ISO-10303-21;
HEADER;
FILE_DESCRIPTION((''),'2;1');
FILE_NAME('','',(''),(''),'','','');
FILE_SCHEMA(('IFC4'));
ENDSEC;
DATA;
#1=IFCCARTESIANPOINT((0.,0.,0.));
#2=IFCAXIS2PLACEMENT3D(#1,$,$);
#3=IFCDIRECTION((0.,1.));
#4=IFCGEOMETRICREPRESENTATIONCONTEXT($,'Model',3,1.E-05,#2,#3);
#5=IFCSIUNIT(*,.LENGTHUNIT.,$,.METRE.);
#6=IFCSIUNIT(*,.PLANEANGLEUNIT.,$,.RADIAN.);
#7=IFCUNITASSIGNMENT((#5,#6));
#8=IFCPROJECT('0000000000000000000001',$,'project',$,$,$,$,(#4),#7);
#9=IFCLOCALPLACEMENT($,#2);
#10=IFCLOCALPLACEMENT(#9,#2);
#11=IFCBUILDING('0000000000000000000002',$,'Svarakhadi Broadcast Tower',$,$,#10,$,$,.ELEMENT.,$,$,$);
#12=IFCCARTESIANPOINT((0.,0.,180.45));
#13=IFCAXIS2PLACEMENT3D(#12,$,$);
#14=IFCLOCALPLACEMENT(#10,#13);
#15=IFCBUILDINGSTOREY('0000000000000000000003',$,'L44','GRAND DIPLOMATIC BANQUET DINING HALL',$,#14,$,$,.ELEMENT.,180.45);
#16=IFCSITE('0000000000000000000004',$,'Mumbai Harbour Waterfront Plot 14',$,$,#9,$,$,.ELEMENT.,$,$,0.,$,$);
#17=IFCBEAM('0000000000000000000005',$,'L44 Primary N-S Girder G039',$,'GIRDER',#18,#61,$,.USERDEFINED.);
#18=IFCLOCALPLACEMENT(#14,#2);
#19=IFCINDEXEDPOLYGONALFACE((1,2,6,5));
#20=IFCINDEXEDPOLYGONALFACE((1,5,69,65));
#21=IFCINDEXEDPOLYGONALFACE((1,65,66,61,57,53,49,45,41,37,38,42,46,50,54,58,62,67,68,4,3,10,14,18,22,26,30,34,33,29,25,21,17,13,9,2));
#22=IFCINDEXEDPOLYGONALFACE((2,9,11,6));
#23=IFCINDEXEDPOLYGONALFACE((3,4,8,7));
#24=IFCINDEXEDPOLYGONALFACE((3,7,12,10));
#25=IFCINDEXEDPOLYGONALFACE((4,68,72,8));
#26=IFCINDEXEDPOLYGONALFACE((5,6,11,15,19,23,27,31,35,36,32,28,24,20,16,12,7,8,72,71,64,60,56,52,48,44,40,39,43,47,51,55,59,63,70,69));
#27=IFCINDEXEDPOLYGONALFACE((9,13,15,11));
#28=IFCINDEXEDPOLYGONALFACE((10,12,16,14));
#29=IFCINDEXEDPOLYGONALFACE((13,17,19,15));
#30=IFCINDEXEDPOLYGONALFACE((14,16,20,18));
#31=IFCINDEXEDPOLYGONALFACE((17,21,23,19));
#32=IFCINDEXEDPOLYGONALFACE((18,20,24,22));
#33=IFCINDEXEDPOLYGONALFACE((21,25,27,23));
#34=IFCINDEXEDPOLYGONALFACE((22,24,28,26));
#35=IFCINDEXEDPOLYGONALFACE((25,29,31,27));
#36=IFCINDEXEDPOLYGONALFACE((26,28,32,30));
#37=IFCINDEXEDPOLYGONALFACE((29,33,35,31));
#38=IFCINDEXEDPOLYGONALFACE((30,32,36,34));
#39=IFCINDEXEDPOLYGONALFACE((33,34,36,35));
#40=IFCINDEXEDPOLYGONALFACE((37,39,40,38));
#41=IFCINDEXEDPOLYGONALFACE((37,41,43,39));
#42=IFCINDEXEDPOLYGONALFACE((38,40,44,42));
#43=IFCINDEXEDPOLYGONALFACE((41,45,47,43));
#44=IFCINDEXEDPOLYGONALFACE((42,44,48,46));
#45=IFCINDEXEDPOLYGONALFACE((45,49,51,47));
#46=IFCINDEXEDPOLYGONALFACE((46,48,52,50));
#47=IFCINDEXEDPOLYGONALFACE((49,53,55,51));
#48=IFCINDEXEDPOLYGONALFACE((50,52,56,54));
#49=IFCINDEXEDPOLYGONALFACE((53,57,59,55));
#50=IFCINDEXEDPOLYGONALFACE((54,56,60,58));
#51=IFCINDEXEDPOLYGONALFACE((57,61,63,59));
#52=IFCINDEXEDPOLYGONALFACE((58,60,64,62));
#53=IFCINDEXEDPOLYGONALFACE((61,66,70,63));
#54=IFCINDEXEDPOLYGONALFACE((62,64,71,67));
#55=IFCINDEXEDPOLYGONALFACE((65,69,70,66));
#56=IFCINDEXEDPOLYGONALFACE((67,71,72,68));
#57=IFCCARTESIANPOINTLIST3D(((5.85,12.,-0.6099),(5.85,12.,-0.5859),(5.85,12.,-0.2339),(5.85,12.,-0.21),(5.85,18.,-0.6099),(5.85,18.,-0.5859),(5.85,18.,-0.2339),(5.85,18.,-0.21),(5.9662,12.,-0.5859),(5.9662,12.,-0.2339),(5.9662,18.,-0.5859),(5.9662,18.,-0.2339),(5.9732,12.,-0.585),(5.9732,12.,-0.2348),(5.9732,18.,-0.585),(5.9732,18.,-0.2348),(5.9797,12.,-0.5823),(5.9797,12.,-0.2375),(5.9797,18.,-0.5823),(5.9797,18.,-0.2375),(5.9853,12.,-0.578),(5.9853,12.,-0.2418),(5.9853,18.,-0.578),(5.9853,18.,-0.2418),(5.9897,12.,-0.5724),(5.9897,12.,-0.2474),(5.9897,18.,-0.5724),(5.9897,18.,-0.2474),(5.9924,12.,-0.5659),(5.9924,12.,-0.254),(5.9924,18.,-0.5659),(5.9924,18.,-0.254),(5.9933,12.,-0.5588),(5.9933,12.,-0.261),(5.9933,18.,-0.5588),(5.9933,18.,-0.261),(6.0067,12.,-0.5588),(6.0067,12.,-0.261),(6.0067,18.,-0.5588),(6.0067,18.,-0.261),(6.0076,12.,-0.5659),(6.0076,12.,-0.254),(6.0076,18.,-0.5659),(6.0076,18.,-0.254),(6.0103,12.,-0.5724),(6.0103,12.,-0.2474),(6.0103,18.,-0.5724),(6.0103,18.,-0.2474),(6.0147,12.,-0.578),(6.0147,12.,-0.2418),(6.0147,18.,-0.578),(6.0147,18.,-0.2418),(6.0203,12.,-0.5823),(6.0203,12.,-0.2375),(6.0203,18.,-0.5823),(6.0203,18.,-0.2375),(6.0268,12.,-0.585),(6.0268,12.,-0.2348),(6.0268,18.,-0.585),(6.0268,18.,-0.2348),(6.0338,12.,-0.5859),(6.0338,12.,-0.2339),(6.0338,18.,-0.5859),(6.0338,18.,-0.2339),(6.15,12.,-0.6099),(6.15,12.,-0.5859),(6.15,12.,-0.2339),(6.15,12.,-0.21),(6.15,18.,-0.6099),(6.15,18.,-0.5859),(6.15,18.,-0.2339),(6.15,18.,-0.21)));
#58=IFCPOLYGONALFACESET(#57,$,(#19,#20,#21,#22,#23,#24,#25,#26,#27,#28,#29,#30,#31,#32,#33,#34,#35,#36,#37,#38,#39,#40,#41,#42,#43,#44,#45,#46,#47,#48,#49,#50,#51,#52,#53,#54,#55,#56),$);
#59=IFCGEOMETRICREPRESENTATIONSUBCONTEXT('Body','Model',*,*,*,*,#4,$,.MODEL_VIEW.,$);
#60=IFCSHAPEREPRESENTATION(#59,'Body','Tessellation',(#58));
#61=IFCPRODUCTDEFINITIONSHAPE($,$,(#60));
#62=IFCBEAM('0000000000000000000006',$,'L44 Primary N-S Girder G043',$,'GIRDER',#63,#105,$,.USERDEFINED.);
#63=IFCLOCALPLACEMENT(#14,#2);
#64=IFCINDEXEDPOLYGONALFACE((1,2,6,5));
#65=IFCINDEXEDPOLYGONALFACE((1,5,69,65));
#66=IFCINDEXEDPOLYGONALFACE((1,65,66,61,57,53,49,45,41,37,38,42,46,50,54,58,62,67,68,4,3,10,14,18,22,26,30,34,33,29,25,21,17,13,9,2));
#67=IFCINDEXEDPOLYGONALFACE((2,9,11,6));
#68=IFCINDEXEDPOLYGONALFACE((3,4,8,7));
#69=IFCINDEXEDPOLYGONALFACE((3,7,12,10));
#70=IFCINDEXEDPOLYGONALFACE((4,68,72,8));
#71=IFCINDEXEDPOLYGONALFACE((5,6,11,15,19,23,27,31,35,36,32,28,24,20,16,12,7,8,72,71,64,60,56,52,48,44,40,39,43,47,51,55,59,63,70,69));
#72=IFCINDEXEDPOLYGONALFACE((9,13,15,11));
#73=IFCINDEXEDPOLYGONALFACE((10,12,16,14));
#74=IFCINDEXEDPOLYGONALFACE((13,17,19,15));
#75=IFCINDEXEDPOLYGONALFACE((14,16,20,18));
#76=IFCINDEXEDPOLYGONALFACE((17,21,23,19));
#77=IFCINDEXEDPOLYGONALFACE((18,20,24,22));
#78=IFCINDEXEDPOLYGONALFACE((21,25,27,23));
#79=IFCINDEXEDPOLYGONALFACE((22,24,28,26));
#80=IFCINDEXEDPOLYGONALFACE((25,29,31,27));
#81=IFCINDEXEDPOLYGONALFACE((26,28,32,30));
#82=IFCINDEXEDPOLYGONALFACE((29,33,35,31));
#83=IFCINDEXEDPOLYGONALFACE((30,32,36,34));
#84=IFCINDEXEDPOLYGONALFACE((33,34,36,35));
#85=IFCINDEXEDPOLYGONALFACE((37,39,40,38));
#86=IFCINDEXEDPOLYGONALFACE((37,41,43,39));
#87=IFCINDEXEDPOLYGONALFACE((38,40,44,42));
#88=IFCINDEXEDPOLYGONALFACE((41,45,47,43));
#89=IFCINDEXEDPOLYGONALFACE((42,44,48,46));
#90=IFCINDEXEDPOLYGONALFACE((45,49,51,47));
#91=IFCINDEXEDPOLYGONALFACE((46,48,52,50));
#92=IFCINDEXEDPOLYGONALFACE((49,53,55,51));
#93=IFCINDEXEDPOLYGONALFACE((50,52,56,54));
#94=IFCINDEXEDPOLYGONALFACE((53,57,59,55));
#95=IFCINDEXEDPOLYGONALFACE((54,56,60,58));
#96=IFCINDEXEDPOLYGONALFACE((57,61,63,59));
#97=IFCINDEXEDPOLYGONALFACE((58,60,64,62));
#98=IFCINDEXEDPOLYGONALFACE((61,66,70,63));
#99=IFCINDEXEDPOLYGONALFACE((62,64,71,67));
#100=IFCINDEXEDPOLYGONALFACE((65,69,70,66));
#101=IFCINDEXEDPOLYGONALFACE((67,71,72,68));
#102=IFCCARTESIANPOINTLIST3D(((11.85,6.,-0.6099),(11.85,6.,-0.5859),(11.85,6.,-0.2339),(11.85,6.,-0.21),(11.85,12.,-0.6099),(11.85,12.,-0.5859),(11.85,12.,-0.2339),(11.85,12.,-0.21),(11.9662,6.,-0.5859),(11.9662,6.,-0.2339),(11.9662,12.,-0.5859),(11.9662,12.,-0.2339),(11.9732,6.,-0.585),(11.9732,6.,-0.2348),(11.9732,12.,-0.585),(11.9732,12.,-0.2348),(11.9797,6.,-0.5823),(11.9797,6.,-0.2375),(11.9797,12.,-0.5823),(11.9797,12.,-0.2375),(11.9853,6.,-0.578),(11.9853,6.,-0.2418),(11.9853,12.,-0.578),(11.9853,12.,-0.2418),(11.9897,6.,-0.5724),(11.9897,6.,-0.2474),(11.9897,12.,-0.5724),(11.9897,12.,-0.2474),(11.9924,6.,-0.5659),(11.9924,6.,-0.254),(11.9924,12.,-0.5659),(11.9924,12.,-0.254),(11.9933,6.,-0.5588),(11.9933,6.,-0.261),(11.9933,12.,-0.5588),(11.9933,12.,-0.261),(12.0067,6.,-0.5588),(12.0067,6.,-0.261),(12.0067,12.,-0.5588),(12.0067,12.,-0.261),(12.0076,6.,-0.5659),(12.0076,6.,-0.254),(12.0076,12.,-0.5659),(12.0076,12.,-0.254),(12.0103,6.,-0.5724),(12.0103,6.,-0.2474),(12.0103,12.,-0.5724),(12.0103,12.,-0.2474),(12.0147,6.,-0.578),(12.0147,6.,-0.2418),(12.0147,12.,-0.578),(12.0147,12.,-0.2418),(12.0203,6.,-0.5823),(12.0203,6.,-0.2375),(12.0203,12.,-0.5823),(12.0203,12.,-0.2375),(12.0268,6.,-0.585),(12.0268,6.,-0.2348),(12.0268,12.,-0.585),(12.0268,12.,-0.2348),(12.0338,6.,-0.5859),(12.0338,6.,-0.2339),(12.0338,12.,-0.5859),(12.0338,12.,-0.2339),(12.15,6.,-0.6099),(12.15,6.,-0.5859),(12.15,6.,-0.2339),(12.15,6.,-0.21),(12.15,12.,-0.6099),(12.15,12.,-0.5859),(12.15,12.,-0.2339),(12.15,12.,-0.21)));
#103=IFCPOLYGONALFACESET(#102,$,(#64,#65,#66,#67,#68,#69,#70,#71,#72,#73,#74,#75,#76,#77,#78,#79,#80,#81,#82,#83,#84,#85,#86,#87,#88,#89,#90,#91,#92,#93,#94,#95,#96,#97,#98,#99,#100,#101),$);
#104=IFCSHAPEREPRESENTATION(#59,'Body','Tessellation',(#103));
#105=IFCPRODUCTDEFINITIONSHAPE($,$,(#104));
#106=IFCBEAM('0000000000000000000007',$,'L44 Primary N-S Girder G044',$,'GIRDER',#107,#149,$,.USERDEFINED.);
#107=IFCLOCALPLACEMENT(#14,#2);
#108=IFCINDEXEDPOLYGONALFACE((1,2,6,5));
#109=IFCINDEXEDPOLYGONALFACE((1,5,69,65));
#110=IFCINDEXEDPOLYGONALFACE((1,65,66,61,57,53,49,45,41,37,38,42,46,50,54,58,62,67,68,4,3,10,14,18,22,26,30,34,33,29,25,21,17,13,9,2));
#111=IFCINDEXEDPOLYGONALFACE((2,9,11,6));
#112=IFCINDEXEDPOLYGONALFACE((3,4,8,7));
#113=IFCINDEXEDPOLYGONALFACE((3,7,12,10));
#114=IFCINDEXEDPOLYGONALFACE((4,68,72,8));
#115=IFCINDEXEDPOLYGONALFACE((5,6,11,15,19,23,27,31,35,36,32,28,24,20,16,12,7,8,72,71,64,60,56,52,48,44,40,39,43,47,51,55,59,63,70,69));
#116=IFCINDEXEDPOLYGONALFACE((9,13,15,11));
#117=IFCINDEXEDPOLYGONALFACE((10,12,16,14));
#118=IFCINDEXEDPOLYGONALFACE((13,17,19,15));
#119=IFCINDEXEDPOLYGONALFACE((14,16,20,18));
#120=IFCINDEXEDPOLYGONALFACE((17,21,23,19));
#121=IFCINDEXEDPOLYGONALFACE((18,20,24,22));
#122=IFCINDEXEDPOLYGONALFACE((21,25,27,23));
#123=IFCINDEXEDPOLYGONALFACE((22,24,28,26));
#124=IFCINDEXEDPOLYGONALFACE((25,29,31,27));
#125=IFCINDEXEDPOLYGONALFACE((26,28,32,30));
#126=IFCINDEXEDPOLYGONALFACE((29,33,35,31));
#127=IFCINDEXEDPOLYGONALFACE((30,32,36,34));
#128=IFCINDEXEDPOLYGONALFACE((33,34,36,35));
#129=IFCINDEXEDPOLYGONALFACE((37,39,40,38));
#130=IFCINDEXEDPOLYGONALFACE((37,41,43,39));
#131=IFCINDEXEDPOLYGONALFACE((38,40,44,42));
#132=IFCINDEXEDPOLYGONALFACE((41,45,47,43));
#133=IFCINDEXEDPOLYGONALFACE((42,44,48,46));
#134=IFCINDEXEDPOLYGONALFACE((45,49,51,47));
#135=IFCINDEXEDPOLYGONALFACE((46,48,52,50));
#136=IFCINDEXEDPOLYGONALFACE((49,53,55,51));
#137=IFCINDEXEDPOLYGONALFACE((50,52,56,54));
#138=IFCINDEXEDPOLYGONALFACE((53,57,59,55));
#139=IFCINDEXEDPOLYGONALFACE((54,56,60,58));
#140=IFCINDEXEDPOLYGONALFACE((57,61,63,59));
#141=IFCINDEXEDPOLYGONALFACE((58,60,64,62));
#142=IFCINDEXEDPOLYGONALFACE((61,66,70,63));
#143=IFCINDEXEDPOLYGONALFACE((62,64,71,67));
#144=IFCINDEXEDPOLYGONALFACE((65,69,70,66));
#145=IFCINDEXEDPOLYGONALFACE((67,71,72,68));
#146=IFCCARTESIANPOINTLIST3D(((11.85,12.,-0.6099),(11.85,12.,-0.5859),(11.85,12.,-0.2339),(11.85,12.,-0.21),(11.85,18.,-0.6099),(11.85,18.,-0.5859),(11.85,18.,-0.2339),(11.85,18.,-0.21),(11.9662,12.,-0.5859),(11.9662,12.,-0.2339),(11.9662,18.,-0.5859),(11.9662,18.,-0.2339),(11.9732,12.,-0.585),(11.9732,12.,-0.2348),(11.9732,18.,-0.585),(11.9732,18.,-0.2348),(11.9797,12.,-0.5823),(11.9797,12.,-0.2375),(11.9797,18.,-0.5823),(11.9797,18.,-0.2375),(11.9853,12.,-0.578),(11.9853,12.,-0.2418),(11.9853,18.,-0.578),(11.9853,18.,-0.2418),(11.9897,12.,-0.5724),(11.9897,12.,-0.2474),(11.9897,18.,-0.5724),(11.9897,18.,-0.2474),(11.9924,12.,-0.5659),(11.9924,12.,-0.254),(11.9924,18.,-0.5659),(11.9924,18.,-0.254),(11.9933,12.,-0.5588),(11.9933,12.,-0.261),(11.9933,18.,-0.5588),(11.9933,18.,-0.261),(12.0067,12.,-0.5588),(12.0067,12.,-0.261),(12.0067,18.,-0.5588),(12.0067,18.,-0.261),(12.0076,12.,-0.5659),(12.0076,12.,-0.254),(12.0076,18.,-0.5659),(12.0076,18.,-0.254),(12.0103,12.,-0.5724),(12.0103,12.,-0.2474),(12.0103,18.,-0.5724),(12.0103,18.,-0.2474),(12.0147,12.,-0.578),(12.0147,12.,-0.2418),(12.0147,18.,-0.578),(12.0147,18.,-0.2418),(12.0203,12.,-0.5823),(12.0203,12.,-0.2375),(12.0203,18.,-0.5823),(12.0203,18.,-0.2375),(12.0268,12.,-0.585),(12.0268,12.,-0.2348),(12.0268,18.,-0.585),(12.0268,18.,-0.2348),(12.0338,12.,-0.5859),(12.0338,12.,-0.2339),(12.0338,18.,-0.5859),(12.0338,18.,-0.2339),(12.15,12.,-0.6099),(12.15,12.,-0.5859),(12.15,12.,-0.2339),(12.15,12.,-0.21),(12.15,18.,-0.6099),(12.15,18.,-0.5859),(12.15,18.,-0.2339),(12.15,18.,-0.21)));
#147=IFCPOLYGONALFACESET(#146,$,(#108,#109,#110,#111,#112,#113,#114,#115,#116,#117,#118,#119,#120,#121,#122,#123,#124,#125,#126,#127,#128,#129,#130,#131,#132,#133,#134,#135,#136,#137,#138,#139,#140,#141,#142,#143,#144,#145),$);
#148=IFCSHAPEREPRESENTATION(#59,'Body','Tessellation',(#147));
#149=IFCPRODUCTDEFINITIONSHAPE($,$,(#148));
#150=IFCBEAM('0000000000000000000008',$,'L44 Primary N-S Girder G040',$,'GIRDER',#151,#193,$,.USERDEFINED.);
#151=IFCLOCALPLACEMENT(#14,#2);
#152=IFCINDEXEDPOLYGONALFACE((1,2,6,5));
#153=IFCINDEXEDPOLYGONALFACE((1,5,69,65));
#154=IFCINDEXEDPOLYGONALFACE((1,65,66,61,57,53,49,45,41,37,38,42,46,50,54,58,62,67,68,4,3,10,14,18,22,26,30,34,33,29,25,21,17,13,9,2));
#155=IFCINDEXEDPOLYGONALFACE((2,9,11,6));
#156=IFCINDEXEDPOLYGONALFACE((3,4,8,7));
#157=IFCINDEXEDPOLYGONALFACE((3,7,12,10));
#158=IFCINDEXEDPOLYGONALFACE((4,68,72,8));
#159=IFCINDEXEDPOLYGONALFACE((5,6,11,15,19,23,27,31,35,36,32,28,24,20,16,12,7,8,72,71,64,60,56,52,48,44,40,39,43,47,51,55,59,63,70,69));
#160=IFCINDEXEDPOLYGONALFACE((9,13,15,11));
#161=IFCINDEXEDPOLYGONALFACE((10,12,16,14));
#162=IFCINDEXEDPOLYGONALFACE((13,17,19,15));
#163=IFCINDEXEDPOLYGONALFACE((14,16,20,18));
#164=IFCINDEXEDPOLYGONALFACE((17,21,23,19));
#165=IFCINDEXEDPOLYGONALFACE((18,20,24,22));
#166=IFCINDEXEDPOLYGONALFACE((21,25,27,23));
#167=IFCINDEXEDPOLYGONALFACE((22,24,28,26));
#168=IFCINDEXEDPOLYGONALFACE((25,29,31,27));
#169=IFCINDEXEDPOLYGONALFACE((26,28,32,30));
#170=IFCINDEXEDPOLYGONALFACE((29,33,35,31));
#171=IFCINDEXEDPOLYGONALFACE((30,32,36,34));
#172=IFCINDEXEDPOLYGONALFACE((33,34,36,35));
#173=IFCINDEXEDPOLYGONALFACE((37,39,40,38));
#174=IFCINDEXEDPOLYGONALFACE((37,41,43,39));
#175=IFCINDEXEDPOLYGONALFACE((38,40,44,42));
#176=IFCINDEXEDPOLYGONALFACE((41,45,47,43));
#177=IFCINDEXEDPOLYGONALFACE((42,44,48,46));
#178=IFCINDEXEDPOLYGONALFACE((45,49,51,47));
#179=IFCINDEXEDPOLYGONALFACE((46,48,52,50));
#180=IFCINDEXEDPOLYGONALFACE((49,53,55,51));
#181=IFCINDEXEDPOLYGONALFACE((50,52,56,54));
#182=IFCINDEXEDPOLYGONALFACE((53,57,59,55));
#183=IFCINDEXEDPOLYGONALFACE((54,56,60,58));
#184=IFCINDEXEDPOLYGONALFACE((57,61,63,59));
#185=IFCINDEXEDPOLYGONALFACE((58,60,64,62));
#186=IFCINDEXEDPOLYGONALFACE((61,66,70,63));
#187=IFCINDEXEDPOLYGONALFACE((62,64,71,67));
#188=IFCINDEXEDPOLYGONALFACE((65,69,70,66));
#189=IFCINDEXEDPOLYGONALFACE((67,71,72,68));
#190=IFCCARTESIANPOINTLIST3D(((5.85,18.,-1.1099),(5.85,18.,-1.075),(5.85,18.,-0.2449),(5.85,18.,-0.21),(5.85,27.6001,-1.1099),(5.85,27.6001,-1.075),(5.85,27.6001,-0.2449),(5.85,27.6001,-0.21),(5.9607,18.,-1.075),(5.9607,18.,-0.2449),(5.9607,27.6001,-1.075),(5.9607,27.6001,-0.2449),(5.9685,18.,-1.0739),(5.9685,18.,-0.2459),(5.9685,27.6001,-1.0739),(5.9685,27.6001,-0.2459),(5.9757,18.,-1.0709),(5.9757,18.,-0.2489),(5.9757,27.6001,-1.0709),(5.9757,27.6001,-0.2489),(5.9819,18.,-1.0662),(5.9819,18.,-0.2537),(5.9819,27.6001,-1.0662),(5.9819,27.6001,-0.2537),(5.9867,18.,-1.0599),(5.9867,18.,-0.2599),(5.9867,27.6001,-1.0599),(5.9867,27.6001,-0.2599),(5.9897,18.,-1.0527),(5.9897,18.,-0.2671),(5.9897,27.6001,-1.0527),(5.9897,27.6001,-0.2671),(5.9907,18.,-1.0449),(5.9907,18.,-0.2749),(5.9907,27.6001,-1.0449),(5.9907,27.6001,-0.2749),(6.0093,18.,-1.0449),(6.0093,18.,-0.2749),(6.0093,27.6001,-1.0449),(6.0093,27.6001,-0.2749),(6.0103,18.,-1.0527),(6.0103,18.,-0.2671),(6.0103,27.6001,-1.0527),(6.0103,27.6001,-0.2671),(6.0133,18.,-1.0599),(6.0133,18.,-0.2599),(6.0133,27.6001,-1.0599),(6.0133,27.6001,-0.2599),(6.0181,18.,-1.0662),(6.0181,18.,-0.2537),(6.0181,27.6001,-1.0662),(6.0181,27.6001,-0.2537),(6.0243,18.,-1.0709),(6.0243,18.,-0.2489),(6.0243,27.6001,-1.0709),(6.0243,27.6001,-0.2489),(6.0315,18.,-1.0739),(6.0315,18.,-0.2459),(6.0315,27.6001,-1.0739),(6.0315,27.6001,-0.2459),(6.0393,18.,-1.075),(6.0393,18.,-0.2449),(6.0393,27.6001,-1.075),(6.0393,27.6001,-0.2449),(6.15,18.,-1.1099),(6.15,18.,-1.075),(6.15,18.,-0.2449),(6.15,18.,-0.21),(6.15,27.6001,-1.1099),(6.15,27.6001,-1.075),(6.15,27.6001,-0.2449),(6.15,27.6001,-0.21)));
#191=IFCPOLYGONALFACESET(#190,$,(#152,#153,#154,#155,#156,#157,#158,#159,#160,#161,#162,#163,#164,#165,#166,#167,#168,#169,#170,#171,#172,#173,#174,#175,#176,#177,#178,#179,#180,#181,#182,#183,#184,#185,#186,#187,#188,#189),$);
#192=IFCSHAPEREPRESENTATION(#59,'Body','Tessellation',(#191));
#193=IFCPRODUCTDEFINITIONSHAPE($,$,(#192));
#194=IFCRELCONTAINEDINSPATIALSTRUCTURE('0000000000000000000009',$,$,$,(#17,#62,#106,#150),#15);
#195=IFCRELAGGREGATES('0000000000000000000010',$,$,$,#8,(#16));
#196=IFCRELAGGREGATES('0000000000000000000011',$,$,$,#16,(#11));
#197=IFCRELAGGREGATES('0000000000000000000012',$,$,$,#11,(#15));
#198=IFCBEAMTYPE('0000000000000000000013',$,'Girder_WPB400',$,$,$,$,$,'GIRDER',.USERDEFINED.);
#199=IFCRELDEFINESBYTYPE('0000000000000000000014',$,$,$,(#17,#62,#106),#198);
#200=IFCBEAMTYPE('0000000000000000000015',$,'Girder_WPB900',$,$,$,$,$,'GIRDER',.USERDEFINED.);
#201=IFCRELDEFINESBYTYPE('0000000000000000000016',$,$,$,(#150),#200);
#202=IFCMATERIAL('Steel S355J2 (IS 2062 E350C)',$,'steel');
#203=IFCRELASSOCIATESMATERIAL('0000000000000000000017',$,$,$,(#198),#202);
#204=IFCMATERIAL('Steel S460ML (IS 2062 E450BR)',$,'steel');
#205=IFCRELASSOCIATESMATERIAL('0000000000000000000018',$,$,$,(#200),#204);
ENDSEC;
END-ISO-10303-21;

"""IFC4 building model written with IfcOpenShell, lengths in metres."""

from ifc_helpers import new_model, si_unit, direction, frame, origin, origin_2d, place, context, subcontext, project, spatial, i_section, extrude, material, material_profile, profile_set, type_object, element, save


model = new_model("IFC4")

# Units and contexts
model_context = context("Model", 3, precision=1e-05, world=origin(), true_north=direction((0.0, 1.0)))
body_context = subcontext(model_context, "Body", "Model", "MODEL_VIEW")
ifc_project = project(units=[si_unit("LENGTHUNIT", "METRE"), si_unit("PLANEANGLEUNIT", "RADIAN")], contexts=[model_context])

# Site, building, storey
site_placement = place(None, origin())
site = spatial("IfcSite", under=ifc_project, at=site_placement, Name="Mumbai Harbour Waterfront Plot 14", CompositionType="ELEMENT", RefElevation=0.0)
building_placement = place(site_placement, origin())
building = spatial("IfcBuilding", under=site, at=building_placement, Name="Svarakhadi Broadcast Tower", CompositionType="ELEMENT")
storey_placement = place(building_placement, frame((0.0, 0.0, 180.45)))
storey = spatial("IfcBuildingStorey", under=building, at=storey_placement, Name="L44", Description="GRAND DIPLOMATIC BANQUET DINING HALL", CompositionType="ELEMENT", Elevation=180.45)

# Shared definitions
ifc_material_1 = material(Name="Steel S460ML (IS 2062 E450BR)", Category="steel")

# Beams
ifc_material_2 = material(Name="Steel S355J2 (IS 2062 E350C)", Category="steel")
ifc_material_profile_1 = material_profile(ifc_material_2, i_section(OverallWidth=0.3, OverallDepth=0.3999, WebThickness=0.0134, FlangeThickness=0.0239, FilletRadius=0.0271, at=origin_2d()), Name="WPB 400x300x155")
ifc_profile_set_1 = profile_set([ifc_material_profile_1], Name="Steel S355J2 (IS 2062 E350C)")
beam_type_1 = type_object("IfcBeamType", Name="Girder_WPB400", ElementType="GIRDER", PredefinedType="USERDEFINED", material=ifc_profile_set_1)
for number, where, z_axis, x_axis, name in (
    (1, (6.0, 12.0, -0.4099), (0.0, 1.0, 0.0), (-1.0, 0.0, 0.0), "L44 Primary N-S Girder G039"),
    (2, (12.0, 6.0, -0.4099), (0.0, 1.0, 0.0), (-1.0, 0.0, 0.0), "L44 Primary N-S Girder G043"),
    (3, (12.0, 12.0, -0.4099), (0.0, 1.0, 0.0), (-1.0, 0.0, 0.0), "L44 Primary N-S Girder G044"),
):
    element("IfcBeam", number, at=place(storey_placement, frame(where, z_axis=z_axis, x_axis=x_axis)), inside=storey, type_object=beam_type_1, Name=name, ObjectType="GIRDER", PredefinedType="USERDEFINED", context=body_context, shape_type="SweptSolid", body=[
        extrude(i_section(OverallWidth=0.3, OverallDepth=0.3999, WebThickness=0.0134, FlangeThickness=0.0239, FilletRadius=0.0271, at=origin_2d()), origin(), (0.0, 0.0, 1.0), 6.0),
    ])
ifc_material_profile_2 = material_profile(ifc_material_1, i_section(OverallWidth=0.3, OverallDepth=0.8999, WebThickness=0.0186, FlangeThickness=0.0349, FilletRadius=0.03, at=origin_2d()), Name="WPB 900x300x291")
ifc_profile_set_2 = profile_set([ifc_material_profile_2], Name="Steel S460ML (IS 2062 E450BR)")
beam_type_2 = type_object("IfcBeamType", Name="Girder_WPB900", ElementType="GIRDER", PredefinedType="USERDEFINED", material=ifc_profile_set_2)
beam_placement = place(storey_placement, frame((6.0, 18.0, -0.6599), z_axis=(0.0, 1.0, 0.0), x_axis=(-1.0, 0.0, 0.0)))
element("IfcBeam", 4, at=beam_placement, inside=storey, type_object=beam_type_2, Name="L44 Primary N-S Girder G040", ObjectType="GIRDER", PredefinedType="USERDEFINED", context=body_context, shape_type="SweptSolid", body=[
    extrude(i_section(OverallWidth=0.3, OverallDepth=0.8999, WebThickness=0.0186, FlangeThickness=0.0349, FilletRadius=0.03, at=origin_2d()), origin(), (0.0, 0.0, 1.0), 9.6001),
])

save(model, "model.ifc")
